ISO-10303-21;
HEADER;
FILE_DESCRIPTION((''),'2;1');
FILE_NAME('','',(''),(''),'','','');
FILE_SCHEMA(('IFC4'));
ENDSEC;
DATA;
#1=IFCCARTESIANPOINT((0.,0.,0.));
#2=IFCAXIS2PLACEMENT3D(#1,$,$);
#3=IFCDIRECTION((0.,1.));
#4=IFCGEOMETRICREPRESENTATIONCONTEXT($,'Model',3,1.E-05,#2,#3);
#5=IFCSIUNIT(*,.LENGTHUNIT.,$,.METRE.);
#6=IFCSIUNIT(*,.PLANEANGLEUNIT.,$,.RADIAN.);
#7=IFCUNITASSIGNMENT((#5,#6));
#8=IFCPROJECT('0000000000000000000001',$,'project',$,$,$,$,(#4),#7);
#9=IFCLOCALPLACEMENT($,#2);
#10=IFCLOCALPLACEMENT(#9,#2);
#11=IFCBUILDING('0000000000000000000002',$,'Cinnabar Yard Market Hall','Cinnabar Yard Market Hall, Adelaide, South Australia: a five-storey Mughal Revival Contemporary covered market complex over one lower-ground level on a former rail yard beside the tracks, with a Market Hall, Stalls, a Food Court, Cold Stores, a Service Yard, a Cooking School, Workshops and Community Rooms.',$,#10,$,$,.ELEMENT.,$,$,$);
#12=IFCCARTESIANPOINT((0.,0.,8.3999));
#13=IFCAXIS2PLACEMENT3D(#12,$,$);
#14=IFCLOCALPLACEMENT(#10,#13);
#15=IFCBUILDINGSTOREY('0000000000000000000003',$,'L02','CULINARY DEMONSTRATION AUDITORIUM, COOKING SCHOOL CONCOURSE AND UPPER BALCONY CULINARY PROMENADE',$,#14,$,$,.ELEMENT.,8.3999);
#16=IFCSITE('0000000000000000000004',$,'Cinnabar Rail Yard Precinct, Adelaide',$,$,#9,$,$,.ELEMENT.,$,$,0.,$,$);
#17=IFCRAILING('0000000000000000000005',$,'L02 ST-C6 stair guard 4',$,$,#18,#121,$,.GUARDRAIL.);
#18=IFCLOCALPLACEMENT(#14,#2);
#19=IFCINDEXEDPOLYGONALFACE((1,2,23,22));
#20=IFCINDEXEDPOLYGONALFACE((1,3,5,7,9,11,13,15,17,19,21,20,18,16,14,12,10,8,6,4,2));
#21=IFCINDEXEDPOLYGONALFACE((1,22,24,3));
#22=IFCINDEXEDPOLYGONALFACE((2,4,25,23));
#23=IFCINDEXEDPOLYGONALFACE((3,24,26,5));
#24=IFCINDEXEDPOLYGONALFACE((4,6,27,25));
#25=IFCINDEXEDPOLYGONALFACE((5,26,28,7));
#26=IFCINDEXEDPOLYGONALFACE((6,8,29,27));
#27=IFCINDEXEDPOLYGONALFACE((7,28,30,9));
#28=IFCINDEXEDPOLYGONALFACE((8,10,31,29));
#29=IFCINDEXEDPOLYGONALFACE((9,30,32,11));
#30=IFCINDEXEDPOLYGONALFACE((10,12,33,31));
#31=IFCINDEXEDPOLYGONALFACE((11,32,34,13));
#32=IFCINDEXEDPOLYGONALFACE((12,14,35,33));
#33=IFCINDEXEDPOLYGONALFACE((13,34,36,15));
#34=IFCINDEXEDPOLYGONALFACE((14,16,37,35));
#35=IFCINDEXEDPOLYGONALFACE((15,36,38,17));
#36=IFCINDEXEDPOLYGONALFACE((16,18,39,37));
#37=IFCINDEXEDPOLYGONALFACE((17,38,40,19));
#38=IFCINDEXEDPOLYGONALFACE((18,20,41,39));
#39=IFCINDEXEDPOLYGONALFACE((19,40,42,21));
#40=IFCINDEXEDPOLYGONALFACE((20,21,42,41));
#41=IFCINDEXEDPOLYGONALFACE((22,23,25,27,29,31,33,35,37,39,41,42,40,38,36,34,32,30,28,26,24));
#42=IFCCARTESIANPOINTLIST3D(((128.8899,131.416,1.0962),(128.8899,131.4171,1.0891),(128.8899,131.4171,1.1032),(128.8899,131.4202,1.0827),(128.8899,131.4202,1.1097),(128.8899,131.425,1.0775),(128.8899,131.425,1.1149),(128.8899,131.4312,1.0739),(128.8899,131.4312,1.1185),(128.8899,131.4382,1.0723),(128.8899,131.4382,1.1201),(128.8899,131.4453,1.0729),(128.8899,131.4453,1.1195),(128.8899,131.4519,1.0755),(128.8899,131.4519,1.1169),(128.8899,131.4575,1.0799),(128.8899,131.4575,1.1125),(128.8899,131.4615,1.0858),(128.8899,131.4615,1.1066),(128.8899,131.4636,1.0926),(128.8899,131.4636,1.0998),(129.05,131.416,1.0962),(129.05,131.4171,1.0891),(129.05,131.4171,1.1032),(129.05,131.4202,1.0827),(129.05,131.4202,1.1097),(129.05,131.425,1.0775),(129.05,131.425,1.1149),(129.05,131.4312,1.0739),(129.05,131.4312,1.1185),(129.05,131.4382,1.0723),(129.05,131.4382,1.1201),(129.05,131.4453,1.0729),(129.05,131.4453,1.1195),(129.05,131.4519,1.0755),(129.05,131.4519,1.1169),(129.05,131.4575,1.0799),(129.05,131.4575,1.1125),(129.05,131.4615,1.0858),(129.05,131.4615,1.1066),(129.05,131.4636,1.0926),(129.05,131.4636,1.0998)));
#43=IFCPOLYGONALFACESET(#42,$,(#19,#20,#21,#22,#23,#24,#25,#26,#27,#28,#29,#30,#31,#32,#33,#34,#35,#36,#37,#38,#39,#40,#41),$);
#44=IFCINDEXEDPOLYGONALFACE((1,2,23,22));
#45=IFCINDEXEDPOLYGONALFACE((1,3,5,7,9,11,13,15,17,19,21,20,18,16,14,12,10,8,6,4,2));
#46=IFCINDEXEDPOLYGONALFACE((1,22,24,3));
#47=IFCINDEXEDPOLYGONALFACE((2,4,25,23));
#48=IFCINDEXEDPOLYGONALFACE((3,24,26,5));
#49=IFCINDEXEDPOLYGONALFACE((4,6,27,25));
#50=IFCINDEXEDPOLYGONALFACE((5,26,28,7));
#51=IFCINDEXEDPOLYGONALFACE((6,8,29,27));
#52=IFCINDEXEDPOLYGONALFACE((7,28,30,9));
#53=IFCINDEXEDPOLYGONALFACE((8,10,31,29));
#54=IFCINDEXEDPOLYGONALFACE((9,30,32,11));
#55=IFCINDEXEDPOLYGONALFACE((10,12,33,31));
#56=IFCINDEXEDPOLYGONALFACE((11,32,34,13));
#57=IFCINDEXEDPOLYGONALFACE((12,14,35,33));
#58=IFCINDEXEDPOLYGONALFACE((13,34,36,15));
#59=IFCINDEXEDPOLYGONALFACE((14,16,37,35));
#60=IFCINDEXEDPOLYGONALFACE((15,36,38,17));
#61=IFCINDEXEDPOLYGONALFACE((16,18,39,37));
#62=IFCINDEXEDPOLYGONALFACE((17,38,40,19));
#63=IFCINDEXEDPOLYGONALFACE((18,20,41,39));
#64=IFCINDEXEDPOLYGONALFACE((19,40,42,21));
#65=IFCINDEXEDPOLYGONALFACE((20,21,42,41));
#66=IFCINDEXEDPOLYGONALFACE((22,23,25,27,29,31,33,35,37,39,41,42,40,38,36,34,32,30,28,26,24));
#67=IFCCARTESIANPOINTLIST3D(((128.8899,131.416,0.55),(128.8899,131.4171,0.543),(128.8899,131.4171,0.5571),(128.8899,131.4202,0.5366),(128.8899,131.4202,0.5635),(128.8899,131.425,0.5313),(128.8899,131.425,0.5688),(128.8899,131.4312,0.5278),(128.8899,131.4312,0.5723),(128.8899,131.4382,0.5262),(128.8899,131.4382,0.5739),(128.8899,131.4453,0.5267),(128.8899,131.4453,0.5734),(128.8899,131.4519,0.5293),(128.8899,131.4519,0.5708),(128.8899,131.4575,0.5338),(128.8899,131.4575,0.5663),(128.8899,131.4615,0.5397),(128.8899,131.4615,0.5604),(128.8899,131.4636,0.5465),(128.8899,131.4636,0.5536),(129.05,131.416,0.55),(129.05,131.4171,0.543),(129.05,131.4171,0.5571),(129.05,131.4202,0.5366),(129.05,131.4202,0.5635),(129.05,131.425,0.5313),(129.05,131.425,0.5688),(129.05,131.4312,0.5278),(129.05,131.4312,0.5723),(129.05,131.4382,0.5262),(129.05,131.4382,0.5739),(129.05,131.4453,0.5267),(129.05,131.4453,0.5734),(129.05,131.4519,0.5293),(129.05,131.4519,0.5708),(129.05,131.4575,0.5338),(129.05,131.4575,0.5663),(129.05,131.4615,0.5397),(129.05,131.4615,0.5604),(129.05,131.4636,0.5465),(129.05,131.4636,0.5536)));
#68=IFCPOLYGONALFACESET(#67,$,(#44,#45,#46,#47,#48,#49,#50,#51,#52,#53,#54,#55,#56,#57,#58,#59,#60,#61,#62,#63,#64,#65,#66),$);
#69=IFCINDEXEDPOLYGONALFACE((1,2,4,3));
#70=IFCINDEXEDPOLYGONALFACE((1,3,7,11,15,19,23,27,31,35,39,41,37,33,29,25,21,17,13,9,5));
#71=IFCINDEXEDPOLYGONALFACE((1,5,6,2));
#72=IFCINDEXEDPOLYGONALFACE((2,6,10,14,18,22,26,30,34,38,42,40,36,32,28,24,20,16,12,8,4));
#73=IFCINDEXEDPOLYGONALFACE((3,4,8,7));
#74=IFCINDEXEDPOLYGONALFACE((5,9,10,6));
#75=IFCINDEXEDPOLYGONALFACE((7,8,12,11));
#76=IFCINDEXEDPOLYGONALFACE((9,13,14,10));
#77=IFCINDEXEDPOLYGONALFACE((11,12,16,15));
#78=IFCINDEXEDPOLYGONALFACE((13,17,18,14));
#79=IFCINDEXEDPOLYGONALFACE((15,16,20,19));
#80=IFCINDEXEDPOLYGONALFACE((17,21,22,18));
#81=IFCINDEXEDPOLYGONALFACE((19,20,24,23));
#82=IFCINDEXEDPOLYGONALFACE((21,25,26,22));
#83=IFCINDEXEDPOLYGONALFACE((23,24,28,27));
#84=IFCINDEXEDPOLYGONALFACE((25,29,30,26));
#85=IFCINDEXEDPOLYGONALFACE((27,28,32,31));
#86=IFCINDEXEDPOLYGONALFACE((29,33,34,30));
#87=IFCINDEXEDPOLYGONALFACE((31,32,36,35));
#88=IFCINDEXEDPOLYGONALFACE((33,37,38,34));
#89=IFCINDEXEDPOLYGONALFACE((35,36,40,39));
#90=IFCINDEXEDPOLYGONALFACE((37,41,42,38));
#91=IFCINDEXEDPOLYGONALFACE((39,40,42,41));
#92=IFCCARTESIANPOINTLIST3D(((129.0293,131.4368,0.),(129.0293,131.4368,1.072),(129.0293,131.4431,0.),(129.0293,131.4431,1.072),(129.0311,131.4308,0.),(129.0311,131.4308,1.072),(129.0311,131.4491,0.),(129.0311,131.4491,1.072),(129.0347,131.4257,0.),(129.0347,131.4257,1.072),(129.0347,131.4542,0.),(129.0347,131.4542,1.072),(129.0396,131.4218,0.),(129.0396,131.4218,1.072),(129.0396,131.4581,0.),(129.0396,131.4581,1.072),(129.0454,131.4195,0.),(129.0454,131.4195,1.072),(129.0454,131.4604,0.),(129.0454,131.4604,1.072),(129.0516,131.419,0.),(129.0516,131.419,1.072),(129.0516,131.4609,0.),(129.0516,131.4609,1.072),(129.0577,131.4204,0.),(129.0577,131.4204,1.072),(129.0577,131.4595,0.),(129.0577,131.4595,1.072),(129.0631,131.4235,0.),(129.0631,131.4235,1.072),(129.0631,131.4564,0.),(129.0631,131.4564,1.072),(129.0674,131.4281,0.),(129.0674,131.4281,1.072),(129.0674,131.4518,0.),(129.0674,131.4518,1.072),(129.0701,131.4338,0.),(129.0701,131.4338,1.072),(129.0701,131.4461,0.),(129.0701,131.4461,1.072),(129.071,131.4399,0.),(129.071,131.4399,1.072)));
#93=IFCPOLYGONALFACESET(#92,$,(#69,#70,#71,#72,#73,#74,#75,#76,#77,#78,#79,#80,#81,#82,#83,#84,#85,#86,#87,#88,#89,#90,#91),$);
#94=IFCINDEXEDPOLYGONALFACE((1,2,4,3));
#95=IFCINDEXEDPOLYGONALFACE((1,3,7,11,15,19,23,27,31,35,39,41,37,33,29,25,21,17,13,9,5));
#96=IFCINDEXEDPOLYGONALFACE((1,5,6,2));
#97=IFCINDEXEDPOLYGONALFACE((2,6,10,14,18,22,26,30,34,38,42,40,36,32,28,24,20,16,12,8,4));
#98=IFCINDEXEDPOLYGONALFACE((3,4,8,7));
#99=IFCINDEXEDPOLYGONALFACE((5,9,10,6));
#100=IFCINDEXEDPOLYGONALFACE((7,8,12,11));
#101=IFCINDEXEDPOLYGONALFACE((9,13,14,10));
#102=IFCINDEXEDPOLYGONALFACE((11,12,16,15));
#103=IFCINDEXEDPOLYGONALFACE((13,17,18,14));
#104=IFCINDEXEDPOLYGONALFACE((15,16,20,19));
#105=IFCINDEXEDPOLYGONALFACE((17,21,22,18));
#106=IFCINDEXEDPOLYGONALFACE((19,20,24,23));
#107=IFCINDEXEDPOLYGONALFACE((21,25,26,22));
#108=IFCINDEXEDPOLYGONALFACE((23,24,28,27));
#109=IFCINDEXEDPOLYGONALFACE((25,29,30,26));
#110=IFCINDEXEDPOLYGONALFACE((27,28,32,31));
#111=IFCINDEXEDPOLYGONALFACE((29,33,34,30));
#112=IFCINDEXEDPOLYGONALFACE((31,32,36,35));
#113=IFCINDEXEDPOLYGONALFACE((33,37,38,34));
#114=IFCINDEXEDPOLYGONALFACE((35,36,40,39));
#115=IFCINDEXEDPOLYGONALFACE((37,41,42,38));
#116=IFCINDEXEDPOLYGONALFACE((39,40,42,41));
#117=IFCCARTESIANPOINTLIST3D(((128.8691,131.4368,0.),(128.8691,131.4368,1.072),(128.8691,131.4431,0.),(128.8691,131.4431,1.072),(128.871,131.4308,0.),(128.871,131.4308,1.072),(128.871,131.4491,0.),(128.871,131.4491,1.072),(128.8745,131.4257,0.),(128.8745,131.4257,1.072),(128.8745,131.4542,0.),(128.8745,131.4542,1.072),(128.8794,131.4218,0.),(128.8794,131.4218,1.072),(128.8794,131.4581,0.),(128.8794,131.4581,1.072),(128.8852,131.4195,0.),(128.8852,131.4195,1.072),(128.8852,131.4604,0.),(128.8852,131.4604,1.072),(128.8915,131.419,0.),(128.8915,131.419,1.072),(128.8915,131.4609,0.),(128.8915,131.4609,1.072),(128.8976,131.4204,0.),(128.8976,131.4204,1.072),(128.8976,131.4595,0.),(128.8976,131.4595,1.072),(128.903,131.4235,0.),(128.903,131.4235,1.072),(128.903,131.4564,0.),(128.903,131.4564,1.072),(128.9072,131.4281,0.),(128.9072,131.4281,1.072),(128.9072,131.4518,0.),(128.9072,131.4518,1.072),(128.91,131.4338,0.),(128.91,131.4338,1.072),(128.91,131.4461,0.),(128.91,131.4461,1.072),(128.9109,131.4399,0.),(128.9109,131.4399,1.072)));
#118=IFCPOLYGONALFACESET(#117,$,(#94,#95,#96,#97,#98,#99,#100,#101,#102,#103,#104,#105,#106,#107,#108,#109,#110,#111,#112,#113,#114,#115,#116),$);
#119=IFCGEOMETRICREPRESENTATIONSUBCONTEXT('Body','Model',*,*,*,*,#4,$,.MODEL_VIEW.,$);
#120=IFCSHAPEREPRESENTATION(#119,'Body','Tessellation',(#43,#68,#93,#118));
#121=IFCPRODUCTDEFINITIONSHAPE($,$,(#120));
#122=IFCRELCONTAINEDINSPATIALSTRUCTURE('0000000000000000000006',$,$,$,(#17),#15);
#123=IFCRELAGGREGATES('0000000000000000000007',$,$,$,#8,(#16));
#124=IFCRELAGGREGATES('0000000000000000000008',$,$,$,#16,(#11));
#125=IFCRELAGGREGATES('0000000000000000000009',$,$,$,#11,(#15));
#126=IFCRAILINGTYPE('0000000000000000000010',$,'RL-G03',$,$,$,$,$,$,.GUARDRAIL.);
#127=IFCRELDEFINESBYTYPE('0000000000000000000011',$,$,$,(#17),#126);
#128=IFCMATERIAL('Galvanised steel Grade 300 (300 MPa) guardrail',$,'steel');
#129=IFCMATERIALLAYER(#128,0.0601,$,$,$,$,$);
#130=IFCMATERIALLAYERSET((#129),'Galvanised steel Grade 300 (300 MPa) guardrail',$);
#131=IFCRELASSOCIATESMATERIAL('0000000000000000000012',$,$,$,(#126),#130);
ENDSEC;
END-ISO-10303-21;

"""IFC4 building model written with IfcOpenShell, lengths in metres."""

from ifc_helpers import new_model, si_unit, direction, frame, origin, origin_2d_with_axis, place, context, subcontext, project, spatial, circle, extrude, material, layer, layer_set, type_object, element, save


model = new_model("IFC4")

# Units and contexts
model_context = context("Model", 3, precision=1e-05, world=origin(), true_north=direction((0.0, 1.0)))
body_context = subcontext(model_context, "Body", "Model", "MODEL_VIEW")
ifc_project = project(units=[si_unit("LENGTHUNIT", "METRE"), si_unit("PLANEANGLEUNIT", "RADIAN")], contexts=[model_context])

# Site, building, storey
site_placement = place(None, origin())
site = spatial("IfcSite", under=ifc_project, at=site_placement, Name="Cinnabar Rail Yard Precinct, Adelaide", CompositionType="ELEMENT", RefElevation=0.0)
building_placement = place(site_placement, origin())
building = spatial("IfcBuilding", under=site, at=building_placement, Name="Cinnabar Yard Market Hall", Description="Cinnabar Yard Market Hall, Adelaide, South Australia: a five-storey Mughal Revival Contemporary covered market complex over one lower-ground level on a former rail yard beside the tracks, with a Market Hall, Stalls, a Food Court, Cold Stores, a Service Yard, a Cooking School, Workshops and Community Rooms.", CompositionType="ELEMENT")
storey_placement = place(building_placement, frame((0.0, 0.0, 8.3999)))
storey = spatial("IfcBuildingStorey", under=building, at=storey_placement, Name="L02", Description="CULINARY DEMONSTRATION AUDITORIUM, COOKING SCHOOL CONCOURSE AND UPPER BALCONY CULINARY PROMENADE", CompositionType="ELEMENT", Elevation=8.3999)

# Railing
ifc_material_1 = material(Name="Galvanised steel Grade 300 (300 MPa) guardrail", Category="steel")
ifc_layer_1 = layer(ifc_material_1, 0.0601)
ifc_layer_set_1 = layer_set([ifc_layer_1], Name="Galvanised steel Grade 300 (300 MPa) guardrail")
railing_type_1 = type_object("IfcRailingType", Name="RL-G03", PredefinedType="GUARDRAIL", material=ifc_layer_set_1)
railing_1_placement = place(storey_placement, frame((129.05, 131.4399, 0.0)))
element("IfcRailing", 1, at=railing_1_placement, inside=storey, type_object=railing_type_1, Name="L02 ST-C6 stair guard 4", PredefinedType="GUARDRAIL", context=body_context, shape_type="SweptSolid", body=[
    extrude(circle(Radius=0.0239, at=origin_2d_with_axis()), frame((0.0, 0.0, 1.0962), z_axis=(-1.0, 0.0, 0.0), x_axis=(0.0, -1.0, 0.0)), (0.0, 0.0, 1.0), 0.1602),
    extrude(circle(Radius=0.0239, at=origin_2d_with_axis()), frame((0.0, 0.0, 0.55), z_axis=(-1.0, 0.0, 0.0), x_axis=(0.0, -1.0, 0.0)), (0.0, 0.0, 1.0), 0.1602),
    extrude(circle(Radius=0.021, at=origin_2d_with_axis()), origin(), (0.0, 0.0, 1.0), 1.072),
    extrude(circle(Radius=0.021, at=origin_2d_with_axis()), frame((-0.1602, 0.0, 0.0)), (0.0, 0.0, 1.0), 1.072),
])

save(model, "model.ifc")
